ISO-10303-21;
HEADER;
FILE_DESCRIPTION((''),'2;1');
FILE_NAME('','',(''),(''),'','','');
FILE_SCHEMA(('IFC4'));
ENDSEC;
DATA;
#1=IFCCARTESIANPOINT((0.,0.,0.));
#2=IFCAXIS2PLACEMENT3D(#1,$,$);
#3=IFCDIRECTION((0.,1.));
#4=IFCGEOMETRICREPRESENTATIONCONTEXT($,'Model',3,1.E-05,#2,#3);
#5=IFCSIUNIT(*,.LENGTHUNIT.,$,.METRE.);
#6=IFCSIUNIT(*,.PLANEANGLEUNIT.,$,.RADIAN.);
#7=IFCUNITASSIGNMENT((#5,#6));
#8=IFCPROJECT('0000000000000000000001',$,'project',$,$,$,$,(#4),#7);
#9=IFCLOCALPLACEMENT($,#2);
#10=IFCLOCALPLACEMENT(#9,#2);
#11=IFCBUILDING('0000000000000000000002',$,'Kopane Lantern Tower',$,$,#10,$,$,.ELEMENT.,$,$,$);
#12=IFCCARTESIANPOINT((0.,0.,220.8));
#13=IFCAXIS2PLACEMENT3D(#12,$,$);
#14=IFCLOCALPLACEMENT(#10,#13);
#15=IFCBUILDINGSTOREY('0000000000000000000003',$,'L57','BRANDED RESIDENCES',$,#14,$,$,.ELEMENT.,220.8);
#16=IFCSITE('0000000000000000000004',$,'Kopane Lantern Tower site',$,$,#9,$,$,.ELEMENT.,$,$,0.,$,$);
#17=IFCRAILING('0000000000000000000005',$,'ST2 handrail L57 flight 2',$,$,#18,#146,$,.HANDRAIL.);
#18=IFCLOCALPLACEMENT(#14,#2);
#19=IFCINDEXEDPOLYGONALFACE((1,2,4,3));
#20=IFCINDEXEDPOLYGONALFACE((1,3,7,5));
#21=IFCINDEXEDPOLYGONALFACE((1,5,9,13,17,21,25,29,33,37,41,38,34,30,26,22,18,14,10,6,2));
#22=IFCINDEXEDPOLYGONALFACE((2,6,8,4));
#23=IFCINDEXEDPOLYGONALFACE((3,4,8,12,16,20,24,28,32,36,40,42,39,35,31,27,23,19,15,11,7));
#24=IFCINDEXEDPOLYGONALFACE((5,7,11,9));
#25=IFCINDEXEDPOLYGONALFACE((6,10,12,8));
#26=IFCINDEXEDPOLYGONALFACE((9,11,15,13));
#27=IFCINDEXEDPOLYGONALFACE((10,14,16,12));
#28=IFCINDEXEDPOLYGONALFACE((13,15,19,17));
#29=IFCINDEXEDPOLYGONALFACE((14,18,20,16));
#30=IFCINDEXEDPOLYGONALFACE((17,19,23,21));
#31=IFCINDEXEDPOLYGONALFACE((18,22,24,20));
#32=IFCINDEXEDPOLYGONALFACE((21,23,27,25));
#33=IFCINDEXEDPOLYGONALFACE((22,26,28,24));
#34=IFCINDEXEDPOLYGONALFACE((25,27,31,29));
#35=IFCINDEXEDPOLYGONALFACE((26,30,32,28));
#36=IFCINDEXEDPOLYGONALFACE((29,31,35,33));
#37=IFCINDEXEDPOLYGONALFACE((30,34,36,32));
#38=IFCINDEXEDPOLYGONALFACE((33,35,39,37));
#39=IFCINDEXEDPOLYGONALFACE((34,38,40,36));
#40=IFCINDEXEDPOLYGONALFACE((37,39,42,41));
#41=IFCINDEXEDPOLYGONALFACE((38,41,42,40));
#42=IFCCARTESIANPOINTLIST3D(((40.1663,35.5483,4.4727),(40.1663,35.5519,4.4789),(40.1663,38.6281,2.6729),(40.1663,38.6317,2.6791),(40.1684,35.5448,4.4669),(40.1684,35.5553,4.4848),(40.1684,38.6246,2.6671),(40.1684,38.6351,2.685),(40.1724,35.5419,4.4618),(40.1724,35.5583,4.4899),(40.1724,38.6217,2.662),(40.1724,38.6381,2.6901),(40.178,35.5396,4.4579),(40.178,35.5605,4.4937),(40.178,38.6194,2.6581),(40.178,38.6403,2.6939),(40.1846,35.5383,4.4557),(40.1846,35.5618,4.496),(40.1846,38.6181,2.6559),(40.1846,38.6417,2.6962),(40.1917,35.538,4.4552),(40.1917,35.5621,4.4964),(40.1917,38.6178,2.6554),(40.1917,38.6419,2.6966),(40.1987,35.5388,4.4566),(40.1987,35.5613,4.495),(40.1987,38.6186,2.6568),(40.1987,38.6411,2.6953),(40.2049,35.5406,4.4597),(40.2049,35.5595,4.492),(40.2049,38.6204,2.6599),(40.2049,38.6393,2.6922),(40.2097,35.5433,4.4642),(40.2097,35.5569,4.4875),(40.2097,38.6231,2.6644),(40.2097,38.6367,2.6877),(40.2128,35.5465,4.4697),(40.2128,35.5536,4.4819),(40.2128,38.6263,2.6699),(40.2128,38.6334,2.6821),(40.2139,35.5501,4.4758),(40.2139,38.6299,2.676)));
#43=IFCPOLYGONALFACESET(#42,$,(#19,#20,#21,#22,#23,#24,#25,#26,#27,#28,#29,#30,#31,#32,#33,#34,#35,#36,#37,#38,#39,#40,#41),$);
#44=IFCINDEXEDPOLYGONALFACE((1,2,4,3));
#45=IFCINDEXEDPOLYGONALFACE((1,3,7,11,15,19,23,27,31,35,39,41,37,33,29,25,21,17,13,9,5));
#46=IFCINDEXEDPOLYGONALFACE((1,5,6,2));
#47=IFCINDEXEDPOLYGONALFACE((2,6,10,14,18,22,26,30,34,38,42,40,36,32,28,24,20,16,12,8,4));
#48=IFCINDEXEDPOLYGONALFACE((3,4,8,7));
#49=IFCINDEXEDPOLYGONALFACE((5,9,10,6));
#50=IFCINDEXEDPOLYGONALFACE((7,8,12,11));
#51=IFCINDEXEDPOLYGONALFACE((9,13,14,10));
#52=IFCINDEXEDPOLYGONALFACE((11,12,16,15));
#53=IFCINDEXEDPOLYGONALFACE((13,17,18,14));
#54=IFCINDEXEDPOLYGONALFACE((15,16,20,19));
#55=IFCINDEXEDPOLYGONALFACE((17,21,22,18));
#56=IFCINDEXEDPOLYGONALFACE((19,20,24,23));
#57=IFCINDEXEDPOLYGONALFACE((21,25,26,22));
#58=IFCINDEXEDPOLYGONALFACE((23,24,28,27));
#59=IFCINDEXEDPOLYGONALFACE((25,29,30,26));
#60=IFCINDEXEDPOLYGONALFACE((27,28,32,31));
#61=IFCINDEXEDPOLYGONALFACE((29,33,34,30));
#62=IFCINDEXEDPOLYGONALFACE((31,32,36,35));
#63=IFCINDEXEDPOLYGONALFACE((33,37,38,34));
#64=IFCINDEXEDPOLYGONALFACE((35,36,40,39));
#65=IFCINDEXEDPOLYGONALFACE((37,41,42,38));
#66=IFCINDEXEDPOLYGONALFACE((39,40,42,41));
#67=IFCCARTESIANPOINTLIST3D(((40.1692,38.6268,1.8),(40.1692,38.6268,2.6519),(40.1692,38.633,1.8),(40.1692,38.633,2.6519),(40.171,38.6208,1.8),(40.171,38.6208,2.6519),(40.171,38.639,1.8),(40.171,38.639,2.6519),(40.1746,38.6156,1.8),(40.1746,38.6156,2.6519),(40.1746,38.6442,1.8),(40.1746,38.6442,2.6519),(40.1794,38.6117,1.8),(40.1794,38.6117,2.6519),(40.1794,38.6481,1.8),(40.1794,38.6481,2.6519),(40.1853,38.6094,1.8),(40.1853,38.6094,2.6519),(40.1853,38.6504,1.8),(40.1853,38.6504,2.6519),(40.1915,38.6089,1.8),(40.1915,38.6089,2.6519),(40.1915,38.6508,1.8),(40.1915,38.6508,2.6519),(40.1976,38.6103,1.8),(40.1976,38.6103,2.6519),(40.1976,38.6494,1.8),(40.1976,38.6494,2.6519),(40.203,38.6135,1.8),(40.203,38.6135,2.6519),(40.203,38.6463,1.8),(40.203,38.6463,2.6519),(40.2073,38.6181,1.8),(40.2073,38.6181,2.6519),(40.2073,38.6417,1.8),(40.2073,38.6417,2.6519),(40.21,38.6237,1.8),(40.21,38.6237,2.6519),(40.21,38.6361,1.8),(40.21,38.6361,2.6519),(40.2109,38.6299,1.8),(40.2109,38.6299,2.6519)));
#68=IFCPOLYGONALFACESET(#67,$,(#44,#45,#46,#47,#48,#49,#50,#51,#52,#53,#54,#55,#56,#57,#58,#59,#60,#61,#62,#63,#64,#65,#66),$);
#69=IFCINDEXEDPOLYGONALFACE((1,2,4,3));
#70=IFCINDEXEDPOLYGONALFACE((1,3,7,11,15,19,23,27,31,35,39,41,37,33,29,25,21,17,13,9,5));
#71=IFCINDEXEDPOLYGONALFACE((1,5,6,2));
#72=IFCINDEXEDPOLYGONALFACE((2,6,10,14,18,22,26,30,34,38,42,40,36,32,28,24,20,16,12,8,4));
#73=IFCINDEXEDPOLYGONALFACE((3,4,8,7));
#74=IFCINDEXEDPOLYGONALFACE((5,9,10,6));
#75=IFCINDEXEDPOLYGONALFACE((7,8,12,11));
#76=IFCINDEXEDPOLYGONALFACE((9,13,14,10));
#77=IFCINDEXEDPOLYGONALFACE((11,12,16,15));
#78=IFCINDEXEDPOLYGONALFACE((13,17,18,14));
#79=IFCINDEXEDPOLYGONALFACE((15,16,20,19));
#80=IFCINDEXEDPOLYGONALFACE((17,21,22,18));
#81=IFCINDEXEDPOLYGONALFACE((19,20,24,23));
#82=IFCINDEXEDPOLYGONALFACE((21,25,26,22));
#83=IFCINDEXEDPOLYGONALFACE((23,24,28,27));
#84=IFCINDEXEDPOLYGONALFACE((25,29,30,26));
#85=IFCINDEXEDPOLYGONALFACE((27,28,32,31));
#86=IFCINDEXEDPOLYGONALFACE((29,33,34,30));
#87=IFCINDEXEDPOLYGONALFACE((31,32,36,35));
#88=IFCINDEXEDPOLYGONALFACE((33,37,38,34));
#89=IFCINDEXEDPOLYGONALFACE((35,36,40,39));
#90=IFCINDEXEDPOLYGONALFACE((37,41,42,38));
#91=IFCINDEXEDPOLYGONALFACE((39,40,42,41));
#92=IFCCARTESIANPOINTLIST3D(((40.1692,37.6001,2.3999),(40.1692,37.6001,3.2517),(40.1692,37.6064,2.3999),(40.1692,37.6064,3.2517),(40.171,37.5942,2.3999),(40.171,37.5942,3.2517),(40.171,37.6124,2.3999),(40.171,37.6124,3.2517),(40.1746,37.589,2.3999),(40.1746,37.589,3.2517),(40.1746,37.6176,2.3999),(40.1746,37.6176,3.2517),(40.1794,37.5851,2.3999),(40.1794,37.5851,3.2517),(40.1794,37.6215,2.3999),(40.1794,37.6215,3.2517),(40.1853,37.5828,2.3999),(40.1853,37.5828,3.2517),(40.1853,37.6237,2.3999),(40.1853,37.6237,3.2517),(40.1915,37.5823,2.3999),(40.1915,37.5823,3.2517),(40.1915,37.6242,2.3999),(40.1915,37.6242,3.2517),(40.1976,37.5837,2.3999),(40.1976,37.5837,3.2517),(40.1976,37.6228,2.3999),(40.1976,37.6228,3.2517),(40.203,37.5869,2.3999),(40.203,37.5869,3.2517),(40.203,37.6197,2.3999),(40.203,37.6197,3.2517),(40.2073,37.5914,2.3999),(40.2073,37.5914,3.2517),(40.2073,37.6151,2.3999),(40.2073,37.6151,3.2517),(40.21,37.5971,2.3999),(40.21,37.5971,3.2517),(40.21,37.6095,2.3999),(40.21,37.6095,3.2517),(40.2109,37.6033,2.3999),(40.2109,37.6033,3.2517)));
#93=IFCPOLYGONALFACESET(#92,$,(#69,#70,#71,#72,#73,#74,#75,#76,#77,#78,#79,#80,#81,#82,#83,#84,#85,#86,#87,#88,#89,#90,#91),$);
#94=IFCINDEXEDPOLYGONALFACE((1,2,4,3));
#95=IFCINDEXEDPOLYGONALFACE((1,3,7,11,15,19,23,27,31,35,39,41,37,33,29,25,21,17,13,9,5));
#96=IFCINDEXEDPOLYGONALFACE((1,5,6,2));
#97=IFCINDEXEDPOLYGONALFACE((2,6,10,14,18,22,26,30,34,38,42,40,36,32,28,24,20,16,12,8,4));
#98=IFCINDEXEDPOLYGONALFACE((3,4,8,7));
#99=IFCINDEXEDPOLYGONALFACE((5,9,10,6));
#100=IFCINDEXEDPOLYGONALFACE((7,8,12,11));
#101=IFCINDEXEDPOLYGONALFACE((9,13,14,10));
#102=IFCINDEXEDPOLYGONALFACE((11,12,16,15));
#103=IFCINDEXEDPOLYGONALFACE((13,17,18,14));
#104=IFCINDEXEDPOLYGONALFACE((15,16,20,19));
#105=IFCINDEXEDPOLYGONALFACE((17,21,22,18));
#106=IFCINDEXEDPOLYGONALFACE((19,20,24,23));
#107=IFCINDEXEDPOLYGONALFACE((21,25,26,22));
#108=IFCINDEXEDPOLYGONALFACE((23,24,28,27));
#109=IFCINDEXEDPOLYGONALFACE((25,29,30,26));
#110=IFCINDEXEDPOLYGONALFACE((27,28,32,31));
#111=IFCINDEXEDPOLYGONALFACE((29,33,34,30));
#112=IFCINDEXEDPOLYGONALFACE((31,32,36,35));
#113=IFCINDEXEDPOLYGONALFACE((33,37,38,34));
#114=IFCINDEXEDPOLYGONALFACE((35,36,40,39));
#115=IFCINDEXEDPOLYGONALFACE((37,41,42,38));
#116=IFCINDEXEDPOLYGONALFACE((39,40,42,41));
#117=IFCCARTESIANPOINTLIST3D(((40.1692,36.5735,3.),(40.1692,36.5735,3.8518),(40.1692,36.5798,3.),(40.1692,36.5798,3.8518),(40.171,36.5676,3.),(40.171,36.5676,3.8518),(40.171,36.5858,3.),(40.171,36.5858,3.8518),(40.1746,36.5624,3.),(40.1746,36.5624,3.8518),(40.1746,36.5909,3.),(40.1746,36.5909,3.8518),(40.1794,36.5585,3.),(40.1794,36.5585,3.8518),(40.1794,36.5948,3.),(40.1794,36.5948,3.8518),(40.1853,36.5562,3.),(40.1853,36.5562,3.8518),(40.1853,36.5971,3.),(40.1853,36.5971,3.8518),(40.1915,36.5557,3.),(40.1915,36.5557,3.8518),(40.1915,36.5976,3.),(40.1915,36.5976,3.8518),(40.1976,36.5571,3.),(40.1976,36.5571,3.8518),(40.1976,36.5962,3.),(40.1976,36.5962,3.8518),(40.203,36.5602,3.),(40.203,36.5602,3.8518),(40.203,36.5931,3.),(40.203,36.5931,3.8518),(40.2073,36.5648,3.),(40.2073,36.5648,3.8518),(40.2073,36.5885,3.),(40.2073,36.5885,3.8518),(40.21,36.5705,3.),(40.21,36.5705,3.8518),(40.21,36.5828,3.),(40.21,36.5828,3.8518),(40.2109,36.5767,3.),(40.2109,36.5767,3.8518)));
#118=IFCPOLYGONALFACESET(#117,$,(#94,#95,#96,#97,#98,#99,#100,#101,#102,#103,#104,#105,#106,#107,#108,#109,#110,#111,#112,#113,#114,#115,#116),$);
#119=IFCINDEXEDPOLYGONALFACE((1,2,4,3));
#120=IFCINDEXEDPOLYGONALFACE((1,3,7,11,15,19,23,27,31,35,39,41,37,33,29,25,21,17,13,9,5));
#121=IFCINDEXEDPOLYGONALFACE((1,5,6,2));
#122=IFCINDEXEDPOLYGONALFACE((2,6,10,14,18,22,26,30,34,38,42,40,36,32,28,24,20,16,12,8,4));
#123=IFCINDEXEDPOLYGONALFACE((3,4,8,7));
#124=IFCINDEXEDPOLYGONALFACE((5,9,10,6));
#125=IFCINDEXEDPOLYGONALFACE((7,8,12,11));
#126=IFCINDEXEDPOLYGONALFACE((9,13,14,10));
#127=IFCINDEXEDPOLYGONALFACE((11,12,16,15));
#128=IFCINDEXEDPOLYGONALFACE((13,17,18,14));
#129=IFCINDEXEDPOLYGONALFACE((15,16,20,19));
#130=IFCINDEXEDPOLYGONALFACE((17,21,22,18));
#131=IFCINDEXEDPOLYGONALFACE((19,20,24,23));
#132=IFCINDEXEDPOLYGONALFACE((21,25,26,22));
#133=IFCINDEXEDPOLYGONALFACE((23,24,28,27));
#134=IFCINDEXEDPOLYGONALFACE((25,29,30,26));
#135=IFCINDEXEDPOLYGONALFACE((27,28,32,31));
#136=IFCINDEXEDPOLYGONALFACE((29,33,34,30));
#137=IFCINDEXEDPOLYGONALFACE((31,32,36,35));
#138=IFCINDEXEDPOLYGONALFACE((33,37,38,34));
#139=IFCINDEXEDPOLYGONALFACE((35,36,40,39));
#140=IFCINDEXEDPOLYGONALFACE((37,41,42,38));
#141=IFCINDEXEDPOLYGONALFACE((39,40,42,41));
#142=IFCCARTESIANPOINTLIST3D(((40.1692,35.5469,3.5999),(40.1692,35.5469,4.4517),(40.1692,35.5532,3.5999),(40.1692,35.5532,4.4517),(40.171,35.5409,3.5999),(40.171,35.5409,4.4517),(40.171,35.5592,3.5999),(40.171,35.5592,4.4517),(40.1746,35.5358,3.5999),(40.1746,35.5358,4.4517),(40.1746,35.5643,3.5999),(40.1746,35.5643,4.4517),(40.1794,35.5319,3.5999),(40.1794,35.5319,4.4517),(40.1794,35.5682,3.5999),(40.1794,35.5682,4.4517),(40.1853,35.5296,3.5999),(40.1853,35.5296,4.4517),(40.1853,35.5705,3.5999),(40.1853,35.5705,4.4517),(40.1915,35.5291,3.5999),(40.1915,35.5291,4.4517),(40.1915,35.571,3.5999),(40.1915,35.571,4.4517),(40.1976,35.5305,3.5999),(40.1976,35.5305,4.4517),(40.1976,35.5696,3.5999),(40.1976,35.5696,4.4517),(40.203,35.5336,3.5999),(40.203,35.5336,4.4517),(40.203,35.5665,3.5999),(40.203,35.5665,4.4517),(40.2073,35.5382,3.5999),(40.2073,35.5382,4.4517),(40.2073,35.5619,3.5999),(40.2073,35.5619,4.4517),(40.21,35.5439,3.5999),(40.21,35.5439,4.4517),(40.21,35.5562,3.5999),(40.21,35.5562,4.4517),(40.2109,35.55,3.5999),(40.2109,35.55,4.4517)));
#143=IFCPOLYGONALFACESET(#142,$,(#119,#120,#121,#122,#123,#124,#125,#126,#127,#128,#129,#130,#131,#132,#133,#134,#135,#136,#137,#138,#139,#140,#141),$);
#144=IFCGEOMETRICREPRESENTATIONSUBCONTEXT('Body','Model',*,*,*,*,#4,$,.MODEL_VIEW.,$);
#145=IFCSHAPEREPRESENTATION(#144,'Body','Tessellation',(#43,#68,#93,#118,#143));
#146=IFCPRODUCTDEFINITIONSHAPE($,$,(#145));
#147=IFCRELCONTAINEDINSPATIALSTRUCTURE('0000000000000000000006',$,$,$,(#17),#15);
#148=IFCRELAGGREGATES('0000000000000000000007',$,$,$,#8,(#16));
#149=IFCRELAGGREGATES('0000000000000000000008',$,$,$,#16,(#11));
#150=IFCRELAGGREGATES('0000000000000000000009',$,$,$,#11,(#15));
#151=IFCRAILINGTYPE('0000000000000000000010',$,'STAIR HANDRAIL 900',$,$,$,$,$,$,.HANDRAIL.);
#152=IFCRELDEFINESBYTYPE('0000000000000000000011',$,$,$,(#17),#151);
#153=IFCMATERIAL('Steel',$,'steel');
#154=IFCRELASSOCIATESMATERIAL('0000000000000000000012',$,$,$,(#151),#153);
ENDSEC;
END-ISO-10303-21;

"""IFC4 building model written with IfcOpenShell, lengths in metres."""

from ifc_helpers import new_model, si_unit, direction, frame, origin, origin_2d, place, context, subcontext, project, spatial, circle, extrude, material, type_object, element, save


model = new_model("IFC4")

# Units and contexts
model_context = context("Model", 3, precision=1e-05, world=origin(), true_north=direction((0.0, 1.0)))
body_context = subcontext(model_context, "Body", "Model", "MODEL_VIEW")
ifc_project = project(units=[si_unit("LENGTHUNIT", "METRE"), si_unit("PLANEANGLEUNIT", "RADIAN")], contexts=[model_context])

# Site, building, storey
site_placement = place(None, origin())
site = spatial("IfcSite", under=ifc_project, at=site_placement, Name="Kopane Lantern Tower site", CompositionType="ELEMENT", RefElevation=0.0)
building_placement = place(site_placement, origin())
building = spatial("IfcBuilding", under=site, at=building_placement, Name="Kopane Lantern Tower", CompositionType="ELEMENT")
storey_placement = place(building_placement, frame((0.0, 0.0, 220.8)))
storey = spatial("IfcBuildingStorey", under=building, at=storey_placement, Name="L57", Description="BRANDED RESIDENCES", CompositionType="ELEMENT", Elevation=220.8)

# Railing
ifc_material_1 = material(Name="Steel", Category="steel")
railing_type_1 = type_object("IfcRailingType", Name="STAIR HANDRAIL 900", PredefinedType="HANDRAIL", material=ifc_material_1)
for number, where, name in (
    (1, (40.1899, 38.6299, 1.8), "ST2 handrail L57 flight 2"),
):
    element("IfcRailing", number, at=place(storey_placement, frame(where)), inside=storey, type_object=railing_type_1, Name=name, PredefinedType="HANDRAIL", context=body_context, shape_type="SweptSolid", body=[
        extrude(circle(Radius=0.0239, at=origin_2d()), frame((0.0, 0.0, 0.876), z_axis=(0.0, -0.863384, 0.504547), x_axis=(1.0, 0.0, 0.0)), (0.0, 0.0, 1.0), 3.5671),
        extrude(circle(Radius=0.021, at=origin_2d()), origin(), (0.0, 0.0, 1.0), 0.8518),
        extrude(circle(Radius=0.021, at=origin_2d()), frame((0.0, -1.0266, 0.5999)), (0.0, 0.0, 1.0), 0.8518),
        extrude(circle(Radius=0.021, at=origin_2d()), frame((0.0, -2.0532, 1.2)), (0.0, 0.0, 1.0), 0.8518),
        extrude(circle(Radius=0.021, at=origin_2d()), frame((0.0, -3.0798, 1.7998)), (0.0, 0.0, 1.0), 0.8518),
    ])

save(model, "model.ifc")
